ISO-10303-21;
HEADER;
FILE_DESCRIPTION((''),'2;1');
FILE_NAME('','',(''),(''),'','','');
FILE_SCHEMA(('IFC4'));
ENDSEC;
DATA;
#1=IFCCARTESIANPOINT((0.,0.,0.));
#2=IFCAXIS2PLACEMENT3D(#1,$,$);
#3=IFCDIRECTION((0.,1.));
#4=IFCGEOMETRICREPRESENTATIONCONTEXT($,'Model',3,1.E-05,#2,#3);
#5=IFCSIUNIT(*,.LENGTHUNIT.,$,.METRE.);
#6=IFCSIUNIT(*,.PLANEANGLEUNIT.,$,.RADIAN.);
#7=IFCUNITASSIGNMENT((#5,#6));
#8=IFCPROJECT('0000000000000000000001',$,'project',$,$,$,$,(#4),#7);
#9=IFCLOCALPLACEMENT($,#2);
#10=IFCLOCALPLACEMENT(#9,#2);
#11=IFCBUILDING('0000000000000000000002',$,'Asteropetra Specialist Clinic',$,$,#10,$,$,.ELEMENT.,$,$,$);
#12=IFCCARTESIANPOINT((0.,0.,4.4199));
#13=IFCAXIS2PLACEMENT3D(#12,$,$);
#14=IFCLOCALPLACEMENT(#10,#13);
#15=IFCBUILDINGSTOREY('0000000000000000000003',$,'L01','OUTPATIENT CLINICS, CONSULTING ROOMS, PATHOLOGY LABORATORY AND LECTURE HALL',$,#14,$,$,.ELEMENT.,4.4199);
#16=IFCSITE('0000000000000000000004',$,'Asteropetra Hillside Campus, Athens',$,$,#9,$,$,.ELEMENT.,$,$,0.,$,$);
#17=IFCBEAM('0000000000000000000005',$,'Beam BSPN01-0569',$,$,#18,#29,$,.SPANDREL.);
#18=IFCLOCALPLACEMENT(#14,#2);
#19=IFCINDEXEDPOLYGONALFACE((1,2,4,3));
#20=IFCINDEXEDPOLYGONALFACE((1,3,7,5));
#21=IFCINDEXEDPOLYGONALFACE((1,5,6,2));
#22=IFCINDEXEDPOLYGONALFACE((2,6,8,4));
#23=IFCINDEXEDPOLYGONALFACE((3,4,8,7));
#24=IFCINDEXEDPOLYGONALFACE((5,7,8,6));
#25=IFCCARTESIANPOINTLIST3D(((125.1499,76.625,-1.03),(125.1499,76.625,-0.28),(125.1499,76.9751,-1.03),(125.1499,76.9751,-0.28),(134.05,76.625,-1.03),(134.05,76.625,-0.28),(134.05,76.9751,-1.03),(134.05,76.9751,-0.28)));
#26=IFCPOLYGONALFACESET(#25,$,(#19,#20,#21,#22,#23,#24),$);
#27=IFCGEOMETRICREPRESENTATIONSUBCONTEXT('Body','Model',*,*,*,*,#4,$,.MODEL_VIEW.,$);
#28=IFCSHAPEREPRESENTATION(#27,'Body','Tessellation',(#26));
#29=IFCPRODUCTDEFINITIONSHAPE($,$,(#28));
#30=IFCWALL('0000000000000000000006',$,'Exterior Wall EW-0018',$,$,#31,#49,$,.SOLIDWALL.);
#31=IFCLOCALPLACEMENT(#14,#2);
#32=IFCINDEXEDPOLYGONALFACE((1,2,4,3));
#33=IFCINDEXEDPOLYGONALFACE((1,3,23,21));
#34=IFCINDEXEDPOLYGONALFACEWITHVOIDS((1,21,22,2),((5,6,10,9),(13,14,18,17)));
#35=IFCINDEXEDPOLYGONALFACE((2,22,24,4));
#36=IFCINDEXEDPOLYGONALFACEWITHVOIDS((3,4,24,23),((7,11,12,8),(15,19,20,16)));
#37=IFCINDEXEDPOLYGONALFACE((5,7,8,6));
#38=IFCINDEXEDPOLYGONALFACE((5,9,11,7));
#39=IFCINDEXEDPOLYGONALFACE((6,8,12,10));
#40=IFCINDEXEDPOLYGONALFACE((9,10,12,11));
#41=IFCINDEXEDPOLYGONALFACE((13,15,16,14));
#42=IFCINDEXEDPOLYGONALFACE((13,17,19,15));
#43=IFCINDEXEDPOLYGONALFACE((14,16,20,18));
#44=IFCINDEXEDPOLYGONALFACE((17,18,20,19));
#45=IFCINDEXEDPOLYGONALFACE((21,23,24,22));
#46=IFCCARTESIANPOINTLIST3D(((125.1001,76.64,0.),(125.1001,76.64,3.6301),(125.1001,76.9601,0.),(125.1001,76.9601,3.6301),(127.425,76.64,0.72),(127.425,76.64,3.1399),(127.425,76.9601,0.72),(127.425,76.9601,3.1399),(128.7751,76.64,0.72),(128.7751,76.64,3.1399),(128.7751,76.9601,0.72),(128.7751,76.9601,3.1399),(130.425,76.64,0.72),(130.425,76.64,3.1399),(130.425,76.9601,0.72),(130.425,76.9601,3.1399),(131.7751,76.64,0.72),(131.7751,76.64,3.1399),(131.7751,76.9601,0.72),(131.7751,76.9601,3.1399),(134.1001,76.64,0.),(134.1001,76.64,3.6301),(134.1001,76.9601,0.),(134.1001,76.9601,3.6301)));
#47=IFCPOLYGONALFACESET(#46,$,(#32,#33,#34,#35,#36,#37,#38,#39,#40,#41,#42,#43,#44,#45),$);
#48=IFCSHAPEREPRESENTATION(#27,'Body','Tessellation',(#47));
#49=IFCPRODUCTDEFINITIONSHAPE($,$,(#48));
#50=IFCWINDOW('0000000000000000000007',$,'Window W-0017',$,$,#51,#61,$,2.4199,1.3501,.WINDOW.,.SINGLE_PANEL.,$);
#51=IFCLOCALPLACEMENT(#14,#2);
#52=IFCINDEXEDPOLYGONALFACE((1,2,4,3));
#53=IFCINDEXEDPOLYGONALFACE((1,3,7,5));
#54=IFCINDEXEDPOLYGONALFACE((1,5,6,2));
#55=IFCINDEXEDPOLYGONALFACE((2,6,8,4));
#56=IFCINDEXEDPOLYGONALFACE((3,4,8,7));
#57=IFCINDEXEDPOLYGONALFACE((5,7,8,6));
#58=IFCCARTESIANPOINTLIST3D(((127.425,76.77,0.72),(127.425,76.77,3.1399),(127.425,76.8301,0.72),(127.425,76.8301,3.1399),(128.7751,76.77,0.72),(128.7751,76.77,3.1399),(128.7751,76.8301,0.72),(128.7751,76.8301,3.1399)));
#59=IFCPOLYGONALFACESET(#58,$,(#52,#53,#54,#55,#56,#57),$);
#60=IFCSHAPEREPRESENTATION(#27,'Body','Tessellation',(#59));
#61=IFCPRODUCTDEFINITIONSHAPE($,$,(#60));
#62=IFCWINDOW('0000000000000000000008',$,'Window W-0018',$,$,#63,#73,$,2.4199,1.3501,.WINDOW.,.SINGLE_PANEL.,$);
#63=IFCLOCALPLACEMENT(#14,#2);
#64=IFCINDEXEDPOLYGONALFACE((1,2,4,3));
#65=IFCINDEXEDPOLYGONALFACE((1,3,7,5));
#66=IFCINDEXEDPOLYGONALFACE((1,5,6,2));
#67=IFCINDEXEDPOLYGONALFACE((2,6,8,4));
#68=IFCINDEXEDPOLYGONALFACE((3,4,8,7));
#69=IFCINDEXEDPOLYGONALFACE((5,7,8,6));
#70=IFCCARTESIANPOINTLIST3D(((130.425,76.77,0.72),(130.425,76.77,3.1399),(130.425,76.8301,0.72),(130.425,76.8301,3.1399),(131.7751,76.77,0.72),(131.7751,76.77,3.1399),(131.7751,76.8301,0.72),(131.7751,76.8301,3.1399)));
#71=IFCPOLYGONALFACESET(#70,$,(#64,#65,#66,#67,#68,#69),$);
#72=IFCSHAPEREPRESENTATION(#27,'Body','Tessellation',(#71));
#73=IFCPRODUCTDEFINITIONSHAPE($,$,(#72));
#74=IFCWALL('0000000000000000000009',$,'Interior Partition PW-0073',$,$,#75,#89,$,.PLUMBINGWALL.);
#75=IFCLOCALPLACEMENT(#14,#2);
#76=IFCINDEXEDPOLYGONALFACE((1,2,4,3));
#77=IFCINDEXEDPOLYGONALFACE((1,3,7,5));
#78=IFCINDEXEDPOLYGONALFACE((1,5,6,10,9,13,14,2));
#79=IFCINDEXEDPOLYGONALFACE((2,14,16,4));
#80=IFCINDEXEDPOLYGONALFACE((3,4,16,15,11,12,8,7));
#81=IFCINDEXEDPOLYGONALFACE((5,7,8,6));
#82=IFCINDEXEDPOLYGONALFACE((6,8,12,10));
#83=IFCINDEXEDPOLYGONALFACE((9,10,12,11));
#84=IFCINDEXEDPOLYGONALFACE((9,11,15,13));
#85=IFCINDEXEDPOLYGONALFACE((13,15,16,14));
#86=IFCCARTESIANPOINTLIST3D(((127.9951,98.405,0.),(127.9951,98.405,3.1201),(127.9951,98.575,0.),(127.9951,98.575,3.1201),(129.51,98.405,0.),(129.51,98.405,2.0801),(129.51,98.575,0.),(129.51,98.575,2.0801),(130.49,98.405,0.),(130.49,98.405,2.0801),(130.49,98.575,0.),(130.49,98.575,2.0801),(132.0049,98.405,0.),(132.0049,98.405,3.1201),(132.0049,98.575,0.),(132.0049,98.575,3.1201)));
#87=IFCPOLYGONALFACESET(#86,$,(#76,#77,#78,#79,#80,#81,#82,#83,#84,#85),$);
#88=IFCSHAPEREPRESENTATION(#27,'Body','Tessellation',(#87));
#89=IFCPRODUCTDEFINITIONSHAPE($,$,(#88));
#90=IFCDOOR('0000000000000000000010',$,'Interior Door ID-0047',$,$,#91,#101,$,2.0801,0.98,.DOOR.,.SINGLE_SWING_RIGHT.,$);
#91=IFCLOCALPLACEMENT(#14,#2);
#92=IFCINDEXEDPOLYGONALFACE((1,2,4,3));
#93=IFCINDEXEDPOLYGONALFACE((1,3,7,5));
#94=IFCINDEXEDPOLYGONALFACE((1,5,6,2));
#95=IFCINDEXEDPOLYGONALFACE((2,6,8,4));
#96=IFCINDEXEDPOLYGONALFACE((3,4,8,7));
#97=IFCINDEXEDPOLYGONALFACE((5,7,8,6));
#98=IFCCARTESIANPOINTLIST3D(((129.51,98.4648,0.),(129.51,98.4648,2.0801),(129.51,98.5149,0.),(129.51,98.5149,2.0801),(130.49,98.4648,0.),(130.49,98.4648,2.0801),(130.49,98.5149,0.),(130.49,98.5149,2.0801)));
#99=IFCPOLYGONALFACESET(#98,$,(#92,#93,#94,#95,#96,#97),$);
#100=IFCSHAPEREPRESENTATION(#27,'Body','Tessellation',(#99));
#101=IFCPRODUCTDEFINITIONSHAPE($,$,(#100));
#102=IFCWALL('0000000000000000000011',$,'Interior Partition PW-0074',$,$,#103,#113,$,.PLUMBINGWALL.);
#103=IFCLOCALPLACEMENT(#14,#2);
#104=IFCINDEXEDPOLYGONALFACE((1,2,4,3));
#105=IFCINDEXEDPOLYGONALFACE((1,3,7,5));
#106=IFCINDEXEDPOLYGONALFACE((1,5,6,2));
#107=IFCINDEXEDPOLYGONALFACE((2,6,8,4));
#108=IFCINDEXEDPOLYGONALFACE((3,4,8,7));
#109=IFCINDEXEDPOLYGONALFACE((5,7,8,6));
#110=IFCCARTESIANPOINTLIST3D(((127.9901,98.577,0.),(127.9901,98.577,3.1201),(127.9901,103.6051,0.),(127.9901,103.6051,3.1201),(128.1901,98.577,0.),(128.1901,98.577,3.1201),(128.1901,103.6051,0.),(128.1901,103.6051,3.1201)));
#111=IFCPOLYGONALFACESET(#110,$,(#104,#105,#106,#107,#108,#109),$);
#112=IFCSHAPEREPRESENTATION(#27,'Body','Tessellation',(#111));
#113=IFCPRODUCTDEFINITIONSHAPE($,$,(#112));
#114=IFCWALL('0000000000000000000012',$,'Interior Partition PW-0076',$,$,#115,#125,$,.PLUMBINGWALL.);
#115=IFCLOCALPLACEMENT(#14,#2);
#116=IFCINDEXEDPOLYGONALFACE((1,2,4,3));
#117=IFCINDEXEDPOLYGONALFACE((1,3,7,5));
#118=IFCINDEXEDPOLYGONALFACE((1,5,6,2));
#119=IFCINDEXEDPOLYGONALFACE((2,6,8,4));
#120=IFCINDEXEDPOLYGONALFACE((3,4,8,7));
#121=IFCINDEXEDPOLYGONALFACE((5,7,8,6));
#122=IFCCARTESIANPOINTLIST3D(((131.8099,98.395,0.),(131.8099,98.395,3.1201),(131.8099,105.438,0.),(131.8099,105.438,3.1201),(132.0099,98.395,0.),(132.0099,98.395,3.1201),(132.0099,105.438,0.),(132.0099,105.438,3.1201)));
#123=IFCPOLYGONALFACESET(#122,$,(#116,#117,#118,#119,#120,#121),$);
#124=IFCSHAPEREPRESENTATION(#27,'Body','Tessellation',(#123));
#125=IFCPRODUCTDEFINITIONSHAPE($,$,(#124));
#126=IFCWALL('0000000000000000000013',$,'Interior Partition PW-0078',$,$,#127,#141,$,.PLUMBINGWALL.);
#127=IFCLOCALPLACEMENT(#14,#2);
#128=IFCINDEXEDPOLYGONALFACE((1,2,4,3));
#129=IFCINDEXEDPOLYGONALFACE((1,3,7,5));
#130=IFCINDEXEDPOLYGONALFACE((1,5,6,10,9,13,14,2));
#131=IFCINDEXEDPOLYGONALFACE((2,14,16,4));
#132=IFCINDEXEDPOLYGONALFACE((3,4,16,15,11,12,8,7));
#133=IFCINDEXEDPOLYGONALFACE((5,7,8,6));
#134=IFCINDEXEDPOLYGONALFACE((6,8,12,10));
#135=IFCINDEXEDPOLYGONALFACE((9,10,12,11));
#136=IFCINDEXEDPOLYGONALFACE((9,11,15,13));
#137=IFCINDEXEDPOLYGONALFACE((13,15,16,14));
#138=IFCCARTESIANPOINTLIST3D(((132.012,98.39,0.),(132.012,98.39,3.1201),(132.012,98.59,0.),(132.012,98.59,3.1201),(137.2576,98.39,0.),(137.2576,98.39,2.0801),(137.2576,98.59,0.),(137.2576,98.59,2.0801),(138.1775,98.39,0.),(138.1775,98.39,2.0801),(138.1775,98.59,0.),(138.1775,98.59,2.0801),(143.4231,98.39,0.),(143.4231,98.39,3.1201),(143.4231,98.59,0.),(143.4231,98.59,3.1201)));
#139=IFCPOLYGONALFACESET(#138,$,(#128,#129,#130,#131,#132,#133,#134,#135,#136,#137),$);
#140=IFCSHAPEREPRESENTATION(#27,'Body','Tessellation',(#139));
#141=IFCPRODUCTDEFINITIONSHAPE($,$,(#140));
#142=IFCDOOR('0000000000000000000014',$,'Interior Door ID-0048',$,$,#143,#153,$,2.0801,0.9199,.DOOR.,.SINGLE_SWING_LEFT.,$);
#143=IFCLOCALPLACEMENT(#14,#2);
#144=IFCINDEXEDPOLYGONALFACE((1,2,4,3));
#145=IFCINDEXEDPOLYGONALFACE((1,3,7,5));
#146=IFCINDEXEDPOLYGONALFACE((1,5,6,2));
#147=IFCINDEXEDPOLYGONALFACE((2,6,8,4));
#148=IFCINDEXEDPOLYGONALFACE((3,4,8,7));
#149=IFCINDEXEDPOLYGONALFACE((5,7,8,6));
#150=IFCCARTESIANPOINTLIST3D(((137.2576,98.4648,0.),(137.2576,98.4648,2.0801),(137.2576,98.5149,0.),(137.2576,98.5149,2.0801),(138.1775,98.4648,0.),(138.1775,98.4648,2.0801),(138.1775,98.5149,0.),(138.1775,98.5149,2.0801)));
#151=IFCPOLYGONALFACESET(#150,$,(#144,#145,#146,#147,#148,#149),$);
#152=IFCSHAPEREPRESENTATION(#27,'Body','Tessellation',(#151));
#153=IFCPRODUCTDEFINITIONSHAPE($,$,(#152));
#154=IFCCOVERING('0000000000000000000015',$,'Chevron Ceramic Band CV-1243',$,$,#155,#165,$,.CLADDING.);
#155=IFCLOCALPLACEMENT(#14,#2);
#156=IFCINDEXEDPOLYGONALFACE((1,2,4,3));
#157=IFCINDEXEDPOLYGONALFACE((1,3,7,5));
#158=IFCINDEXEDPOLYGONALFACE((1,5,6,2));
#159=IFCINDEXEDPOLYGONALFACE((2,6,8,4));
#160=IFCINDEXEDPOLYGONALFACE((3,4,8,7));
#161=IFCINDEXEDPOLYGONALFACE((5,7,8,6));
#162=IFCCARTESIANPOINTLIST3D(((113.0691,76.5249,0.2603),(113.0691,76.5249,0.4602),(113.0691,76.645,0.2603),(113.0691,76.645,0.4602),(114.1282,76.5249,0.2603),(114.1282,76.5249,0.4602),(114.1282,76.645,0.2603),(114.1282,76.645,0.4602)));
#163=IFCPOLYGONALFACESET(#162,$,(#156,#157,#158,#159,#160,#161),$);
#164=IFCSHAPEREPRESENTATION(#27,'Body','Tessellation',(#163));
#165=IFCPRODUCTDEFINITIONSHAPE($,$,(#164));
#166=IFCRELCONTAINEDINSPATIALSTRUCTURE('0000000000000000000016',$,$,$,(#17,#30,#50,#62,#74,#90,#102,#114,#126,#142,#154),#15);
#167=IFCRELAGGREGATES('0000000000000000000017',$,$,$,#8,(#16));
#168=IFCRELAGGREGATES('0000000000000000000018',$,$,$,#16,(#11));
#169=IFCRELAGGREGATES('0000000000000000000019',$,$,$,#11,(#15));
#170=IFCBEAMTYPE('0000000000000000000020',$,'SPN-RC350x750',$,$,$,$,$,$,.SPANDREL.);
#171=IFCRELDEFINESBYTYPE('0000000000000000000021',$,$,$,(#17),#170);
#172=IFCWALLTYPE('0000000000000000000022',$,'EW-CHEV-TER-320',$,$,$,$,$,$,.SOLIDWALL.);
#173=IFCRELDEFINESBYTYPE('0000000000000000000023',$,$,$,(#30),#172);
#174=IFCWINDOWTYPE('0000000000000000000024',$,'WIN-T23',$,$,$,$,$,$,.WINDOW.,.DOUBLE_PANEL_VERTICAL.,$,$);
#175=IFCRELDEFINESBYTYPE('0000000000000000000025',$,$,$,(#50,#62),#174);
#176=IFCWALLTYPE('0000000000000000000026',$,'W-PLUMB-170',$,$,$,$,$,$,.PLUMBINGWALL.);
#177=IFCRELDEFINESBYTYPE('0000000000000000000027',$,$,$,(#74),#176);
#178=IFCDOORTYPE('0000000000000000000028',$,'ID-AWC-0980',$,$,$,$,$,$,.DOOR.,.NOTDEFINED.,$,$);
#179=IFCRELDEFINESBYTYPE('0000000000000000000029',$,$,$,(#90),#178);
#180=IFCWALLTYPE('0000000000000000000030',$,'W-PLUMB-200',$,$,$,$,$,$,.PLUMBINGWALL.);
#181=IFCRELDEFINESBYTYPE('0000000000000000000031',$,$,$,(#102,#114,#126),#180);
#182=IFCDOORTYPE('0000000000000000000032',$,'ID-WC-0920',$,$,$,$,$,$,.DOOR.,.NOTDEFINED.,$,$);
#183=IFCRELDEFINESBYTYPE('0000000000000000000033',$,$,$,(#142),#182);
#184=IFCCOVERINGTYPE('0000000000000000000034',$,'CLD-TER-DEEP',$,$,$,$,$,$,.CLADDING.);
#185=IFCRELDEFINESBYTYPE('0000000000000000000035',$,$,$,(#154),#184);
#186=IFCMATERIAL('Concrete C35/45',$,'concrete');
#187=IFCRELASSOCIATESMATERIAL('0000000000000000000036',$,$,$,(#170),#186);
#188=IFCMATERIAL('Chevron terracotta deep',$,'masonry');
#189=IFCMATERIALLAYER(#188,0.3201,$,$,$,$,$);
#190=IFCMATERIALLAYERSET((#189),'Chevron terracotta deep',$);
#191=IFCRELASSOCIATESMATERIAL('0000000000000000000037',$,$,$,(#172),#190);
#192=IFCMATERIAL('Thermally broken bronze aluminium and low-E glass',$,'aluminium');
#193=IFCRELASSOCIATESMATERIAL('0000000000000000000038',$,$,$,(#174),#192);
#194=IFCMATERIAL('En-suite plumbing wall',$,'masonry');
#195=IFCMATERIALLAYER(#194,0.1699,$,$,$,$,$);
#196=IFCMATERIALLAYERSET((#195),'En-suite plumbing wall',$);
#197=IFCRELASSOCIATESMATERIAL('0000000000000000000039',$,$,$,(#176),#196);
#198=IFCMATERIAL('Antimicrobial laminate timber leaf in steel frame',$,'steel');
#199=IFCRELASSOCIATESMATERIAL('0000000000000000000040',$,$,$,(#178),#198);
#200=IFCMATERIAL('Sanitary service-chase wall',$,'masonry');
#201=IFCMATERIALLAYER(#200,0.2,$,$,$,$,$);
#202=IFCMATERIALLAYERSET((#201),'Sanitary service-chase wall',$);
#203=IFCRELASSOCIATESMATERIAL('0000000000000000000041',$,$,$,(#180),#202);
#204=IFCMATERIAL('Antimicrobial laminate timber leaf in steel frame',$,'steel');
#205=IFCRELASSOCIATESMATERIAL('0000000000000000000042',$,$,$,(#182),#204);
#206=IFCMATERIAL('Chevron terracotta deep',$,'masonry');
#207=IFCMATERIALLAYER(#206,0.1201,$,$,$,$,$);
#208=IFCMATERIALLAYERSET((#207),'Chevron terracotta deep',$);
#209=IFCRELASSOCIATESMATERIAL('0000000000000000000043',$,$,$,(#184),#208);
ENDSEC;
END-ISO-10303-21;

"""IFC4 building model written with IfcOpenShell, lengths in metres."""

from ifc_helpers import new_model, si_unit, direction, frame, frame_2d, origin, origin_2d, place, context, subcontext, project, spatial, rectangle, extrude, material, layer, layer_set, material_profile, profile_set, type_object, element, fill, save


model = new_model("IFC4")

# Units and contexts
model_context = context("Model", 3, precision=1e-05, world=origin(), true_north=direction((0.0, 1.0)))
body_context = subcontext(model_context, "Body", "Model", "MODEL_VIEW")
ifc_project = project(units=[si_unit("LENGTHUNIT", "METRE"), si_unit("PLANEANGLEUNIT", "RADIAN")], contexts=[model_context])

# Site, building, storey
site_placement = place(None, origin())
site = spatial("IfcSite", under=ifc_project, at=site_placement, Name="Asteropetra Hillside Campus, Athens", CompositionType="ELEMENT", RefElevation=0.0)
building_placement = place(site_placement, origin())
building = spatial("IfcBuilding", under=site, at=building_placement, Name="Asteropetra Specialist Clinic", CompositionType="ELEMENT")
storey_placement = place(building_placement, frame((0.0, 0.0, 4.4199)))
storey = spatial("IfcBuildingStorey", under=building, at=storey_placement, Name="L01", Description="OUTPATIENT CLINICS, CONSULTING ROOMS, PATHOLOGY LABORATORY AND LECTURE HALL", CompositionType="ELEMENT", Elevation=4.4199)

# Beam
ifc_material_1 = material(Name="Concrete C35/45", Category="concrete")
ifc_material_profile_1 = material_profile(ifc_material_1, rectangle(XDim=0.3501, YDim=0.75, at=origin_2d()), Name="RCS 350x750")
ifc_profile_set_1 = profile_set([ifc_material_profile_1], Name="Concrete C35/45")
beam_type_1 = type_object("IfcBeamType", Name="SPN-RC350x750", PredefinedType="SPANDREL", material=ifc_profile_set_1)
beam_1_placement = place(storey_placement, frame((125.1499, 76.8, -0.655), z_axis=(1.0, 0.0, 0.0), x_axis=(0.0, 1.0, 0.0)))
element("IfcBeam", 1, at=beam_1_placement, inside=storey, type_object=beam_type_1, Name="Beam BSPN01-0569", PredefinedType="SPANDREL", context=body_context, shape_type="SweptSolid", body=[
    extrude(rectangle(XDim=0.3501, YDim=0.75, at=origin_2d()), origin(), (0.0, 0.0, 1.0), 8.9001),
])

# Wall, openings, windows
ifc_material_2 = material(Name="Chevron terracotta deep", Category="masonry")
ifc_layer_1 = layer(ifc_material_2, 0.3201)
ifc_layer_set_1 = layer_set([ifc_layer_1], Name="Chevron terracotta deep")
wall_type_1 = type_object("IfcWallType", Name="EW-CHEV-TER-320", PredefinedType="SOLIDWALL", material=ifc_layer_set_1)
wall_1_placement = place(storey_placement, frame((125.1001, 76.8, 0.0), z_axis=(0.0, 0.0, 1.0), x_axis=(1.0, 0.0, 0.0)))
wall_1 = element("IfcWall", 2, at=wall_1_placement, inside=storey, type_object=wall_type_1, Name="Exterior Wall EW-0018", PredefinedType="SOLIDWALL", context=body_context, shape_type="SweptSolid", body=[
    extrude(rectangle(XDim=9.0, YDim=0.3201, at=frame_2d((4.5, 0.0))), origin(), (0.0, 0.0, 1.0), 3.6301),
])
opening_1_placement = place(wall_1_placement, frame((2.325, 0.0, 0.72)))
opening_1 = element("IfcOpeningElement", 3, at=opening_1_placement, cuts=wall_1, PredefinedType="OPENING", context=body_context, shape_type="SweptSolid", body=[
    extrude(rectangle(XDim=1.3501, YDim=2.4199, at=frame_2d((0.675, 1.21))), frame((0.0, 0.1699, 0.0), z_axis=(0.0, -1.0, 0.0), x_axis=(1.0, 0.0, 0.0)), (0.0, 0.0, 1.0), 0.3401),
])
opening_2_placement = place(wall_1_placement, frame((5.325, 0.0, 0.72)))
opening_2 = element("IfcOpeningElement", 4, at=opening_2_placement, cuts=wall_1, PredefinedType="OPENING", context=body_context, shape_type="SweptSolid", body=[
    extrude(rectangle(XDim=1.3501, YDim=2.4199, at=frame_2d((0.675, 1.21))), frame((0.0, 0.1699, 0.0), z_axis=(0.0, -1.0, 0.0), x_axis=(1.0, 0.0, 0.0)), (0.0, 0.0, 1.0), 0.3401),
])
ifc_material_3 = material(Name="Thermally broken bronze aluminium and low-E glass", Category="aluminium")
window_type = type_object("IfcWindowType", Name="WIN-T23", PartitioningType="DOUBLE_PANEL_VERTICAL", PredefinedType="WINDOW", material=ifc_material_3)
window_1_placement = place(opening_1_placement, origin())
window_1 = element("IfcWindow", 5, at=window_1_placement, inside=storey, type_object=window_type, Name="Window W-0017", OverallHeight=2.4199, OverallWidth=1.3501, PartitioningType="SINGLE_PANEL", PredefinedType="WINDOW", context=body_context, shape_type="SweptSolid", body=[
    extrude(rectangle(XDim=1.3501, YDim=2.4199, at=frame_2d((0.675, 1.21))), frame((0.0, 0.03, 0.0), z_axis=(0.0, -1.0, 0.0), x_axis=(1.0, 0.0, 0.0)), (0.0, 0.0, 1.0), 0.0601),
])
fill(opening_1, window_1)
window_2_placement = place(opening_2_placement, origin())
window_2 = element("IfcWindow", 6, at=window_2_placement, inside=storey, type_object=window_type, Name="Window W-0018", OverallHeight=2.4199, OverallWidth=1.3501, PartitioningType="SINGLE_PANEL", PredefinedType="WINDOW", context=body_context, shape_type="SweptSolid", body=[
    extrude(rectangle(XDim=1.3501, YDim=2.4199, at=frame_2d((0.675, 1.21))), frame((0.0, 0.03, 0.0), z_axis=(0.0, -1.0, 0.0), x_axis=(1.0, 0.0, 0.0)), (0.0, 0.0, 1.0), 0.0601),
])
fill(opening_2, window_2)

# Wall, opening, door
ifc_material_4 = material(Name="En-suite plumbing wall", Category="masonry")
ifc_layer_2 = layer(ifc_material_4, 0.1699)
ifc_layer_set_2 = layer_set([ifc_layer_2], Name="En-suite plumbing wall")
wall_type_2 = type_object("IfcWallType", Name="W-PLUMB-170", PredefinedType="PLUMBINGWALL", material=ifc_layer_set_2)
wall_2_placement = place(storey_placement, frame((127.9951, 98.49, 0.0), z_axis=(0.0, 0.0, 1.0), x_axis=(1.0, 0.0, 0.0)))
wall_2 = element("IfcWall", 7, at=wall_2_placement, inside=storey, type_object=wall_type_2, Name="Interior Partition PW-0073", PredefinedType="PLUMBINGWALL", context=body_context, shape_type="SweptSolid", body=[
    extrude(rectangle(XDim=4.0098, YDim=0.1699, at=frame_2d((2.0049, 0.0))), origin(), (0.0, 0.0, 1.0), 3.1201),
])
opening_3_placement = place(wall_2_placement, frame((1.5149, 0.0, 0.0)))
opening_3 = element("IfcOpeningElement", 8, at=opening_3_placement, cuts=wall_2, PredefinedType="OPENING", context=body_context, shape_type="SweptSolid", body=[
    extrude(rectangle(XDim=0.98, YDim=2.0801, at=frame_2d((0.49, 1.04))), frame((0.0, 0.095, 0.0), z_axis=(0.0, -1.0, 0.0), x_axis=(1.0, 0.0, 0.0)), (0.0, 0.0, 1.0), 0.1899),
])
ifc_material_5 = material(Name="Antimicrobial laminate timber leaf in steel frame", Category="steel")
door_type_1 = type_object("IfcDoorType", Name="ID-AWC-0980", OperationType="NOTDEFINED", PredefinedType="DOOR", material=ifc_material_5)
door_1_placement = place(opening_3_placement, origin())
door_1 = element("IfcDoor", 9, at=door_1_placement, inside=storey, type_object=door_type_1, Name="Interior Door ID-0047", OperationType="SINGLE_SWING_RIGHT", OverallHeight=2.0801, OverallWidth=0.98, PredefinedType="DOOR", context=body_context, shape_type="SweptSolid", body=[
    extrude(rectangle(XDim=0.98, YDim=2.0801, at=frame_2d((0.49, 1.04))), frame((0.0, 0.0249, 0.0), z_axis=(0.0, -1.0, 0.0), x_axis=(1.0, 0.0, 0.0)), (0.0, 0.0, 1.0), 0.05),
])
fill(opening_3, door_1)

# Walls
ifc_material_6 = material(Name="Sanitary service-chase wall", Category="masonry")
ifc_layer_3 = layer(ifc_material_6, 0.2)
ifc_layer_set_3 = layer_set([ifc_layer_3], Name="Sanitary service-chase wall")
wall_type_3 = type_object("IfcWallType", Name="W-PLUMB-200", PredefinedType="PLUMBINGWALL", material=ifc_layer_set_3)
wall_3_placement = place(storey_placement, frame((128.0901, 98.5769, 0.0), z_axis=(0.0, 0.0, 1.0), x_axis=(0.0, 1.0, 0.0)))
element("IfcWall", 10, at=wall_3_placement, inside=storey, type_object=wall_type_3, Name="Interior Partition PW-0074", PredefinedType="PLUMBINGWALL", context=body_context, shape_type="SweptSolid", body=[
    extrude(rectangle(XDim=5.0281, YDim=0.2, at=frame_2d((2.5142, 0.0))), origin(), (0.0, 0.0, 1.0), 3.1201),
])
wall_4_placement = place(storey_placement, frame((131.9099, 98.395, 0.0), z_axis=(0.0, 0.0, 1.0), x_axis=(0.0, 1.0, 0.0)))
element("IfcWall", 11, at=wall_4_placement, inside=storey, type_object=wall_type_3, Name="Interior Partition PW-0076", PredefinedType="PLUMBINGWALL", context=body_context, shape_type="SweptSolid", body=[
    extrude(rectangle(XDim=7.043, YDim=0.2, at=frame_2d((3.5215, 0.0))), origin(), (0.0, 0.0, 1.0), 3.1201),
])

# Wall, opening, door
wall_5_placement = place(storey_placement, frame((132.012, 98.49, 0.0), z_axis=(0.0, 0.0, 1.0), x_axis=(1.0, 0.0, 0.0)))
wall_5 = element("IfcWall", 12, at=wall_5_placement, inside=storey, type_object=wall_type_3, Name="Interior Partition PW-0078", PredefinedType="PLUMBINGWALL", context=body_context, shape_type="SweptSolid", body=[
    extrude(rectangle(XDim=11.4111, YDim=0.2, at=frame_2d((5.7056, 0.0))), origin(), (0.0, 0.0, 1.0), 3.1201),
])
opening_4_placement = place(wall_5_placement, frame((5.2456, 0.0, 0.0)))
opening_4 = element("IfcOpeningElement", 13, at=opening_4_placement, cuts=wall_5, PredefinedType="OPENING", context=body_context, shape_type="SweptSolid", body=[
    extrude(rectangle(XDim=0.9199, YDim=2.0801, at=frame_2d((0.46, 1.04))), frame((0.0, 0.1099, 0.0), z_axis=(0.0, -1.0, 0.0), x_axis=(1.0, 0.0, 0.0)), (0.0, 0.0, 1.0), 0.22),
])
ifc_material_7 = material(Name="Antimicrobial laminate timber leaf in steel frame", Category="steel")
door_type_2 = type_object("IfcDoorType", Name="ID-WC-0920", OperationType="NOTDEFINED", PredefinedType="DOOR", material=ifc_material_7)
door_2_placement = place(opening_4_placement, origin())
door_2 = element("IfcDoor", 14, at=door_2_placement, inside=storey, type_object=door_type_2, Name="Interior Door ID-0048", OperationType="SINGLE_SWING_LEFT", OverallHeight=2.0801, OverallWidth=0.9199, PredefinedType="DOOR", context=body_context, shape_type="SweptSolid", body=[
    extrude(rectangle(XDim=0.9199, YDim=2.0801, at=frame_2d((0.46, 1.04))), frame((0.0, 0.0249, 0.0), z_axis=(0.0, -1.0, 0.0), x_axis=(1.0, 0.0, 0.0)), (0.0, 0.0, 1.0), 0.05),
])
fill(opening_4, door_2)

# Covering
ifc_material_8 = material(Name="Chevron terracotta deep", Category="masonry")
ifc_layer_4 = layer(ifc_material_8, 0.1201)
ifc_layer_set_4 = layer_set([ifc_layer_4], Name="Chevron terracotta deep")
covering_type = type_object("IfcCoveringType", Name="CLD-TER-DEEP", PredefinedType="CLADDING", material=ifc_layer_set_4)
for number, where, z_axis, x_axis, name in (
    (15, (113.5986, 76.585, 0.2603), (0.0, 0.0, 1.0), (1.0, 0.0, 0.0), "Chevron Ceramic Band CV-1243"),
):
    element("IfcCovering", number, at=place(storey_placement, frame(where, z_axis=z_axis, x_axis=x_axis)), inside=storey, type_object=covering_type, Name=name, PredefinedType="CLADDING", context=body_context, shape_type="SweptSolid", body=[
        extrude(rectangle(XDim=1.0591, YDim=0.1201, at=origin_2d()), origin(), (0.0, 0.0, 1.0), 0.2),
    ])

save(model, "model.ifc")
